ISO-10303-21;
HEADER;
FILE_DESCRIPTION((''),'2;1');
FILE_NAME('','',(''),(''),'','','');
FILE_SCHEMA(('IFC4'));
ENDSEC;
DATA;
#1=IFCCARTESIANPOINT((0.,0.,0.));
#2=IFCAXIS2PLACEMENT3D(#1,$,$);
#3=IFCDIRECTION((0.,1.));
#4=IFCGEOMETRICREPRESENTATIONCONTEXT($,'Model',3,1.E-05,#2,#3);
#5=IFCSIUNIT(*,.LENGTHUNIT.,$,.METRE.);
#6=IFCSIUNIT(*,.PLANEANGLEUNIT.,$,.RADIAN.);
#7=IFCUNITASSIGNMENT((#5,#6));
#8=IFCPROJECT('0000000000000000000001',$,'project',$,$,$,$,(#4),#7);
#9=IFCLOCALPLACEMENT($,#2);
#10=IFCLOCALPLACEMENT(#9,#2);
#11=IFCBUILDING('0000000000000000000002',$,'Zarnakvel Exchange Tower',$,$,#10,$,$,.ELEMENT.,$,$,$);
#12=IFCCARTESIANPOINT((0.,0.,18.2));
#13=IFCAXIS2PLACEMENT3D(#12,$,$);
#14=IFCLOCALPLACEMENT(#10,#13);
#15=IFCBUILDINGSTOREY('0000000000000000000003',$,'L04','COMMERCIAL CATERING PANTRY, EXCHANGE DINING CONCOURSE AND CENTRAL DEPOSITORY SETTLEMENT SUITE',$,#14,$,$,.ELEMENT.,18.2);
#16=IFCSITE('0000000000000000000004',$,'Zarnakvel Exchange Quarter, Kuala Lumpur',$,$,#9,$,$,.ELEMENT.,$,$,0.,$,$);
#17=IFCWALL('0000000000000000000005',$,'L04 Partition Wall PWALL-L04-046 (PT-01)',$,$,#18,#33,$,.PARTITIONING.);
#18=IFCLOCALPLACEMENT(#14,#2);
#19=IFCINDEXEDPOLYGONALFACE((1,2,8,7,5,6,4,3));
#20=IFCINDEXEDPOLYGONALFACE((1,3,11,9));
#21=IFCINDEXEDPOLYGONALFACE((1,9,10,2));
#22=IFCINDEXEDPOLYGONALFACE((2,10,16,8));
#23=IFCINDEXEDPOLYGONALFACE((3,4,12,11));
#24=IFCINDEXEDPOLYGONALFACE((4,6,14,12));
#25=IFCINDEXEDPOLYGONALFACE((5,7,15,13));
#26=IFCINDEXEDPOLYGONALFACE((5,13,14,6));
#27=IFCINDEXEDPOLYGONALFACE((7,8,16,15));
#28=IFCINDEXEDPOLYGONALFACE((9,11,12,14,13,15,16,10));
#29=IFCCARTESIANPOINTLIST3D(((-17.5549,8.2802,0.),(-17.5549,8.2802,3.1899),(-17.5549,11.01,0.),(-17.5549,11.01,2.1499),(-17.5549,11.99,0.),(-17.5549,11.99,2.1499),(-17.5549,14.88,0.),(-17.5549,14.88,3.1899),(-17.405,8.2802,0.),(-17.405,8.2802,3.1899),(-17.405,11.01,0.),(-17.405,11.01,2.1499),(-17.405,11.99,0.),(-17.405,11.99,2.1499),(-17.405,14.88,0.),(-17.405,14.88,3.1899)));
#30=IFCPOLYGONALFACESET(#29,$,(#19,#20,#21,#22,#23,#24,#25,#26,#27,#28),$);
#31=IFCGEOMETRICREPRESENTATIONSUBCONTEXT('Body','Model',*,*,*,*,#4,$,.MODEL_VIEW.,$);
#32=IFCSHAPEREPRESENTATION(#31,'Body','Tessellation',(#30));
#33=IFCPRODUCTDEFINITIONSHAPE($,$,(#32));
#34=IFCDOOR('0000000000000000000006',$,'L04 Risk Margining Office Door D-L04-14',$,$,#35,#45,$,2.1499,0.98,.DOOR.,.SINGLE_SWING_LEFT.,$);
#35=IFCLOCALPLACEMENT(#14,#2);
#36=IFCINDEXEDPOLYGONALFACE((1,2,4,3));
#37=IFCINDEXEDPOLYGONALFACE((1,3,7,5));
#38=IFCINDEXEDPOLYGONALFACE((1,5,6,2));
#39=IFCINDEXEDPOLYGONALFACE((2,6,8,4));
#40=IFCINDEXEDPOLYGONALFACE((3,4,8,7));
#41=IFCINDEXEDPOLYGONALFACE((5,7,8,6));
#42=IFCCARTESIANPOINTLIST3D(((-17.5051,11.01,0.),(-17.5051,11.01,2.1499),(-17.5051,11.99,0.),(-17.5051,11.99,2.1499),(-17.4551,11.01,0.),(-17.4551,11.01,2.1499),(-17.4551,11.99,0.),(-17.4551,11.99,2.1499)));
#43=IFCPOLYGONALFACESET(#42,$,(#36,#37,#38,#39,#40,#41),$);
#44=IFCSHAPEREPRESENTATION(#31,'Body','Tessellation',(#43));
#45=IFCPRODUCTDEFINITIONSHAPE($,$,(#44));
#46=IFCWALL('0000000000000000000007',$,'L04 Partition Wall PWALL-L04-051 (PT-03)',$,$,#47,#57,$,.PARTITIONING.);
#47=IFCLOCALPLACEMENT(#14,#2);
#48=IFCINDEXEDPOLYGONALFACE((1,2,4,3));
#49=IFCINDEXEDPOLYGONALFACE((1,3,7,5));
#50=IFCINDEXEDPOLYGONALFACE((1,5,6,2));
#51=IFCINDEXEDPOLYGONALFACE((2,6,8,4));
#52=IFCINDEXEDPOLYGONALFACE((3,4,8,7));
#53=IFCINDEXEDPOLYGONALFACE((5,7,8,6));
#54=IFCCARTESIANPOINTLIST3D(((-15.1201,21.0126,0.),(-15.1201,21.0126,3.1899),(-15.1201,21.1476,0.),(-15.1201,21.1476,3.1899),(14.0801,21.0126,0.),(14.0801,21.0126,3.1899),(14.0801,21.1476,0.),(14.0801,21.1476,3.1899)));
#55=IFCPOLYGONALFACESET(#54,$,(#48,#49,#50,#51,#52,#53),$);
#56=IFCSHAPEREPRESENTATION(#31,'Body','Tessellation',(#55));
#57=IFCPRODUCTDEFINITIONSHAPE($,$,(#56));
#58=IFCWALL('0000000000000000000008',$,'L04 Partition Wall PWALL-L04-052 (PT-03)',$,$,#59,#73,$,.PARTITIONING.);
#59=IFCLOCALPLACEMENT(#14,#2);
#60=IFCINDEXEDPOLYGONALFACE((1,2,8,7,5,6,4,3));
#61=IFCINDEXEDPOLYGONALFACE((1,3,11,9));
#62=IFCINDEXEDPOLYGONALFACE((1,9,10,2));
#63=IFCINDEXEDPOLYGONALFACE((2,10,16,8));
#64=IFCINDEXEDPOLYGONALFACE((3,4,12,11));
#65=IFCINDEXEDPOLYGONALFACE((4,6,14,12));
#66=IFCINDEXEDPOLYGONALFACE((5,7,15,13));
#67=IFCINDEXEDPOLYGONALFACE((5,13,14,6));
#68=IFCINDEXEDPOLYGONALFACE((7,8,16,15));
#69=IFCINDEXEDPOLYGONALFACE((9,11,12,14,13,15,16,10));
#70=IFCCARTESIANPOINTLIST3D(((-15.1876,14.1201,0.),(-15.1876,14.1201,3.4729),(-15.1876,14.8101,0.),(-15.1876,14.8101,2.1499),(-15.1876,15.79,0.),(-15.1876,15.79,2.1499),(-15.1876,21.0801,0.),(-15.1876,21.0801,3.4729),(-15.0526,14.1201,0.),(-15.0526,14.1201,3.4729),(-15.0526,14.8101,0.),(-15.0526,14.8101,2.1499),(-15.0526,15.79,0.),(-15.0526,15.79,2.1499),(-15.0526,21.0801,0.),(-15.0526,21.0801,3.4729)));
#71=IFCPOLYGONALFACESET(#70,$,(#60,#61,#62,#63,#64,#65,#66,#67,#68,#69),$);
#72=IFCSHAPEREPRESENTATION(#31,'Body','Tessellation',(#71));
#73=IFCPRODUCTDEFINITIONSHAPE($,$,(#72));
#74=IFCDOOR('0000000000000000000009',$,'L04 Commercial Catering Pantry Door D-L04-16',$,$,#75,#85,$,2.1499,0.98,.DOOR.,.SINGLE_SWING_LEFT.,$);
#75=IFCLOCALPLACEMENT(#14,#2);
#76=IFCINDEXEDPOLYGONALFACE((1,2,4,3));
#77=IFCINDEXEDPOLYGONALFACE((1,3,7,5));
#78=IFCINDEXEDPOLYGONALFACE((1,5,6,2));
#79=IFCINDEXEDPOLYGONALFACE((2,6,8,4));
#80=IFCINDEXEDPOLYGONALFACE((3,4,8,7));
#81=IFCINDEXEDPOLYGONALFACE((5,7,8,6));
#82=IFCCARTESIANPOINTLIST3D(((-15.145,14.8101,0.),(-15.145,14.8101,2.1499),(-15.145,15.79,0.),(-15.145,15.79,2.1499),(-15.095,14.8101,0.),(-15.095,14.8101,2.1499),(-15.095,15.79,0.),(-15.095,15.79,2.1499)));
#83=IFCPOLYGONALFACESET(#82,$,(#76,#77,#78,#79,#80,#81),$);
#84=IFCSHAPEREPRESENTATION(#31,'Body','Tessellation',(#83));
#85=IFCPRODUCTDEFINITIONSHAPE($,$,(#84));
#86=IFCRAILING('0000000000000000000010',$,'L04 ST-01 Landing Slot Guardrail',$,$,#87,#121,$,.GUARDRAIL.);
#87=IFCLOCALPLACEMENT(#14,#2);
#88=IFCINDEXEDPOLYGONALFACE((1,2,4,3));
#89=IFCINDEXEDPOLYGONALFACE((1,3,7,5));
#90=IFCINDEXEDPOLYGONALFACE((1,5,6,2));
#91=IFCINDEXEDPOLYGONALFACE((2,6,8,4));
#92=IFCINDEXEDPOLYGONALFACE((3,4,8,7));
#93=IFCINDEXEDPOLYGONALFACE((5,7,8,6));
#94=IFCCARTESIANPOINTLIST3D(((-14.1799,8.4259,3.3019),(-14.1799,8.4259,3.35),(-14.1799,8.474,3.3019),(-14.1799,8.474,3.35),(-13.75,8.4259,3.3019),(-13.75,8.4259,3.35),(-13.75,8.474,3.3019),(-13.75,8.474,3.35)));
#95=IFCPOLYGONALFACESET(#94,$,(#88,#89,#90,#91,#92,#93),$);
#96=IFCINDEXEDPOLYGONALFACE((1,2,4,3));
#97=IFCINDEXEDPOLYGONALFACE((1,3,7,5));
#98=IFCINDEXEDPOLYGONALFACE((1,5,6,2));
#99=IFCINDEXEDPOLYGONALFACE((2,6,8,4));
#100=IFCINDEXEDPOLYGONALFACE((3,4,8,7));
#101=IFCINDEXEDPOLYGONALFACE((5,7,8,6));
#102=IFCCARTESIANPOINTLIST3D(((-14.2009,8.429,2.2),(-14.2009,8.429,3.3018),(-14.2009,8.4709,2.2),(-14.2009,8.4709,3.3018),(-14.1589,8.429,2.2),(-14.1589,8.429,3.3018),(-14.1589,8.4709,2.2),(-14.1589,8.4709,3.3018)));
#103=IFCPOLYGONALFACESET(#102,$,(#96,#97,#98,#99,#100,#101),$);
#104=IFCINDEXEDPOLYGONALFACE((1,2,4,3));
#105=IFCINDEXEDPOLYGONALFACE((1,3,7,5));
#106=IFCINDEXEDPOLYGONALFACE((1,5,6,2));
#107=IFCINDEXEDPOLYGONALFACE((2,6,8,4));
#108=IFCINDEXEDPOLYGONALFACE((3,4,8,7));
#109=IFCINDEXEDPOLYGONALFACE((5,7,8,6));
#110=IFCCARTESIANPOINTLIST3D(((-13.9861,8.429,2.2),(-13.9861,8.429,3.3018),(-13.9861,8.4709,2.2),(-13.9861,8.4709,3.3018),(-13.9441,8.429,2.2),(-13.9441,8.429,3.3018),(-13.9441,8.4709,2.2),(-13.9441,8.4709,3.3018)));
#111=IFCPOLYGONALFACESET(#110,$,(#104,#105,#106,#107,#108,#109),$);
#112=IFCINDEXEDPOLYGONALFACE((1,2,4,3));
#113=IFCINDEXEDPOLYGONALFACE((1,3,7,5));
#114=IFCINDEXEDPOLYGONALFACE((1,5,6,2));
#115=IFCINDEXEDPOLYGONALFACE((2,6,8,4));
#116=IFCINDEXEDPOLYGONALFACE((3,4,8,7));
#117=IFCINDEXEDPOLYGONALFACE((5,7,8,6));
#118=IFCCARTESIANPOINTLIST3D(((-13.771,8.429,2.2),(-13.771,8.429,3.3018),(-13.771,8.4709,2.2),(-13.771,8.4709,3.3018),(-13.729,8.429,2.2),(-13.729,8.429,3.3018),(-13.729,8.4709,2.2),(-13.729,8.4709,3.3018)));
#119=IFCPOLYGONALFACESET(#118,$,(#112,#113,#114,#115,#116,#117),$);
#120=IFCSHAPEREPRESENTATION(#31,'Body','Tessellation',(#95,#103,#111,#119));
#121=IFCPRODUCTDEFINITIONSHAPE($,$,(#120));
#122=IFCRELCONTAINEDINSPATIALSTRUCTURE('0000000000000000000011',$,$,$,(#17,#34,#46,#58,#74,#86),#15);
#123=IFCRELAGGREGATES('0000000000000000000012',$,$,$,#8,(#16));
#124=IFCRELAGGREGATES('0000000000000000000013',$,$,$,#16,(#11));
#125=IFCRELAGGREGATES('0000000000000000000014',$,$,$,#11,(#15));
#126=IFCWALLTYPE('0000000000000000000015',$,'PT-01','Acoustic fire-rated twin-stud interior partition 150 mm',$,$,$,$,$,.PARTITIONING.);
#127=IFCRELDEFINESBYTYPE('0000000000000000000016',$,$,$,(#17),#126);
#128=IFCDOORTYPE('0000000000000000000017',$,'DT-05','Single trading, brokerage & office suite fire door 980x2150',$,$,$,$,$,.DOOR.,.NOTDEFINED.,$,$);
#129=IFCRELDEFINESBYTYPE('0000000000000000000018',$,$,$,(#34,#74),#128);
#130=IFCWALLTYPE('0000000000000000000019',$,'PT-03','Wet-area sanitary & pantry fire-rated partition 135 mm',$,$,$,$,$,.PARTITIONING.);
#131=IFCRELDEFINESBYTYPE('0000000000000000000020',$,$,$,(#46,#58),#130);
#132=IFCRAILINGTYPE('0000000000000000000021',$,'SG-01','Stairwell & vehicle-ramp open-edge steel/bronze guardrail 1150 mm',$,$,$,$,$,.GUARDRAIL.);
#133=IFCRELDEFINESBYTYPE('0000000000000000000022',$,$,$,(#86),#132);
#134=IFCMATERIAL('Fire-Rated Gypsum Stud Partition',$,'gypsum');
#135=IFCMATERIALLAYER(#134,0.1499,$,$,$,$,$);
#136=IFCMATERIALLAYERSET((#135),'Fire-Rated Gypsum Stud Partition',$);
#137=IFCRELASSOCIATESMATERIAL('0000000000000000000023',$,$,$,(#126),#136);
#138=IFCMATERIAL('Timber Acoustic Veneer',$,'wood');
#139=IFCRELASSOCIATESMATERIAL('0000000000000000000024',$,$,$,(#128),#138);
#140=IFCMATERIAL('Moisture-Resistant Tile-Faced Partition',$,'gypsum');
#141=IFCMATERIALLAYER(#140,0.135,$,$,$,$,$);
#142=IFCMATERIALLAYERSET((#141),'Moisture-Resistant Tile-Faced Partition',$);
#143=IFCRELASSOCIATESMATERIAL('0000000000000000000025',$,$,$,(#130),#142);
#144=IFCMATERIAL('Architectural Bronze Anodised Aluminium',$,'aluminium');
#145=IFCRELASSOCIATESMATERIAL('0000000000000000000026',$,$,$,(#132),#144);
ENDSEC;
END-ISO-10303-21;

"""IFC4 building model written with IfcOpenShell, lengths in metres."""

from ifc_helpers import new_model, si_unit, direction, frame, frame_2d, origin, origin_2d, place, context, subcontext, project, spatial, rectangle, extrude, source, transform, mapped, material, layer, layer_set, type_object, element, fill, save


model = new_model("IFC4")

# Units and contexts
model_context = context("Model", 3, precision=1e-05, world=origin(), true_north=direction((0.0, 1.0)))
body_context = subcontext(model_context, "Body", "Model", "MODEL_VIEW")
ifc_project = project(units=[si_unit("LENGTHUNIT", "METRE"), si_unit("PLANEANGLEUNIT", "RADIAN")], contexts=[model_context])

# Site, building, storey
site_placement = place(None, origin())
site = spatial("IfcSite", under=ifc_project, at=site_placement, Name="Zarnakvel Exchange Quarter, Kuala Lumpur", CompositionType="ELEMENT", RefElevation=0.0)
building_placement = place(site_placement, origin())
building = spatial("IfcBuilding", under=site, at=building_placement, Name="Zarnakvel Exchange Tower", CompositionType="ELEMENT")
storey_placement = place(building_placement, frame((0.0, 0.0, 18.2)))
storey = spatial("IfcBuildingStorey", under=building, at=storey_placement, Name="L04", Description="COMMERCIAL CATERING PANTRY, EXCHANGE DINING CONCOURSE AND CENTRAL DEPOSITORY SETTLEMENT SUITE", CompositionType="ELEMENT", Elevation=18.2)

# Shared definitions
ifc_material_1 = material(Name="Architectural Bronze Anodised Aluminium", Category="aluminium")

# Wall, opening, door
ifc_material_2 = material(Name="Fire-Rated Gypsum Stud Partition", Category="gypsum")
ifc_layer_1 = layer(ifc_material_2, 0.1499)
ifc_layer_set_1 = layer_set([ifc_layer_1], Name="Fire-Rated Gypsum Stud Partition")
wall_type_1 = type_object("IfcWallType", Name="PT-01", Description="Acoustic fire-rated twin-stud interior partition 150 mm", PredefinedType="PARTITIONING", material=ifc_layer_set_1)
ifc_material_3 = material(Name="Timber Acoustic Veneer", Category="wood")
door_type = type_object("IfcDoorType", Name="DT-05", Description="Single trading, brokerage & office suite fire door 980x2150", OperationType="NOTDEFINED", PredefinedType="DOOR", material=ifc_material_3)
shared_shape_1 = source(origin(), body_context, "Body", "SweptSolid", [
    extrude(rectangle(XDim=0.98, YDim=2.1499, at=frame_2d((0.49, 1.075))), frame((0.0, 0.0249, 0.0), z_axis=(0.0, -1.0, 0.0), x_axis=(1.0, 0.0, 0.0)), (0.0, 0.0, 1.0), 0.05),
])
wall_1_placement = place(storey_placement, frame((-17.48, 14.8799, 0.0), z_axis=(0.0, 0.0, 1.0), x_axis=(0.0, -1.0, 0.0)))
wall_1 = element("IfcWall", 1, at=wall_1_placement, inside=storey, type_object=wall_type_1, Name="L04 Partition Wall PWALL-L04-046 (PT-01)", PredefinedType="PARTITIONING", context=body_context, shape_type="SweptSolid", body=[
    extrude(rectangle(XDim=6.5999, YDim=0.1499, at=frame_2d((3.2998, 0.0))), origin(), (0.0, 0.0, 1.0), 3.1899),
])
opening_1_placement = place(wall_1_placement, frame((2.8899, 0.0, 0.0)))
opening_1 = element("IfcOpeningElement", 2, at=opening_1_placement, cuts=wall_1, PredefinedType="OPENING", context=body_context, shape_type="SweptSolid", body=[
    extrude(rectangle(XDim=0.98, YDim=2.1499, at=frame_2d((0.49, 1.075))), frame((0.0, 0.085, 0.0), z_axis=(0.0, -1.0, 0.0), x_axis=(1.0, 0.0, 0.0)), (0.0, 0.0, 1.0), 0.1699),
])
door_1_placement = place(opening_1_placement, origin())
door_1 = element("IfcDoor", 3, at=door_1_placement, inside=storey, type_object=door_type, Name="L04 Risk Margining Office Door D-L04-14", OperationType="SINGLE_SWING_LEFT", OverallHeight=2.1499, OverallWidth=0.98, PredefinedType="DOOR", context=body_context, shape_type="MappedRepresentation", body=[
    mapped(shared_shape_1, transform((0.0, 0.0, 0.0), x_axis=(1.0, 0.0, 0.0), y_axis=(0.0, 1.0, 0.0), z_axis=(0.0, 0.0, 1.0), scale=1.0)),
])
fill(opening_1, door_1)

# Wall
ifc_material_4 = material(Name="Moisture-Resistant Tile-Faced Partition", Category="gypsum")
ifc_layer_2 = layer(ifc_material_4, 0.135)
ifc_layer_set_2 = layer_set([ifc_layer_2], Name="Moisture-Resistant Tile-Faced Partition")
wall_type_2 = type_object("IfcWallType", Name="PT-03", Description="Wet-area sanitary & pantry fire-rated partition 135 mm", PredefinedType="PARTITIONING", material=ifc_layer_set_2)
wall_2_placement = place(storey_placement, frame((-15.1201, 21.0801, 0.0), z_axis=(0.0, 0.0, 1.0), x_axis=(1.0, 0.0, 0.0)))
element("IfcWall", 4, at=wall_2_placement, inside=storey, type_object=wall_type_2, Name="L04 Partition Wall PWALL-L04-051 (PT-03)", PredefinedType="PARTITIONING", context=body_context, shape_type="SweptSolid", body=[
    extrude(rectangle(XDim=29.2002, YDim=0.135, at=frame_2d((14.6001, 0.0))), origin(), (0.0, 0.0, 1.0), 3.1899),
])

# Wall, opening, door
wall_3_placement = place(storey_placement, frame((-15.1201, 14.1201, 0.0), z_axis=(0.0, 0.0, 1.0), x_axis=(0.0, 1.0, 0.0)))
wall_3 = element("IfcWall", 5, at=wall_3_placement, inside=storey, type_object=wall_type_2, Name="L04 Partition Wall PWALL-L04-052 (PT-03)", PredefinedType="PARTITIONING", context=body_context, shape_type="SweptSolid", body=[
    extrude(rectangle(XDim=6.96, YDim=0.135, at=frame_2d((3.48, 0.0))), origin(), (0.0, 0.0, 1.0), 3.4729),
])
opening_2_placement = place(wall_3_placement, frame((0.6899, 0.0, 0.0)))
opening_2 = element("IfcOpeningElement", 6, at=opening_2_placement, cuts=wall_3, PredefinedType="OPENING", context=body_context, shape_type="SweptSolid", body=[
    extrude(rectangle(XDim=0.98, YDim=2.1499, at=frame_2d((0.49, 1.075))), frame((0.0, 0.0774, 0.0), z_axis=(0.0, -1.0, 0.0), x_axis=(1.0, 0.0, 0.0)), (0.0, 0.0, 1.0), 0.155),
])
door_2_placement = place(opening_2_placement, origin())
door_2 = element("IfcDoor", 7, at=door_2_placement, inside=storey, type_object=door_type, Name="L04 Commercial Catering Pantry Door D-L04-16", OperationType="SINGLE_SWING_LEFT", OverallHeight=2.1499, OverallWidth=0.98, PredefinedType="DOOR", context=body_context, shape_type="MappedRepresentation", body=[
    mapped(shared_shape_1, transform((0.0, 0.0, 0.0), x_axis=(1.0, 0.0, 0.0), y_axis=(0.0, 1.0, 0.0), z_axis=(0.0, 0.0, 1.0), scale=1.0)),
])
fill(opening_2, door_2)

# Railing
railing_type = type_object("IfcRailingType", Name="SG-01", Description="Stairwell & vehicle-ramp open-edge steel/bronze guardrail 1150 mm", PredefinedType="GUARDRAIL", material=ifc_material_1)
railing_placement = place(storey_placement, frame((-14.1799, 8.45, 2.2)))
element("IfcRailing", 8, at=railing_placement, inside=storey, type_object=railing_type, Name="L04 ST-01 Landing Slot Guardrail", PredefinedType="GUARDRAIL", context=body_context, shape_type="SweptSolid", body=[
    extrude(rectangle(XDim=0.0481, YDim=0.0481, at=origin_2d()), frame((0.0, 0.0, 1.126), z_axis=(1.0, 0.0, 0.0), x_axis=(0.0, 1.0, 0.0)), (0.0, 0.0, 1.0), 0.4299),
    extrude(rectangle(XDim=0.042, YDim=0.042, at=origin_2d()), origin(), (0.0, 0.0, 1.0), 1.1018),
    extrude(rectangle(XDim=0.042, YDim=0.042, at=origin_2d()), frame((0.2148, 0.0, 0.0)), (0.0, 0.0, 1.0), 1.1018),
    extrude(rectangle(XDim=0.042, YDim=0.042, at=origin_2d()), frame((0.4299, 0.0, 0.0)), (0.0, 0.0, 1.0), 1.1018),
])

save(model, "model.ifc")
